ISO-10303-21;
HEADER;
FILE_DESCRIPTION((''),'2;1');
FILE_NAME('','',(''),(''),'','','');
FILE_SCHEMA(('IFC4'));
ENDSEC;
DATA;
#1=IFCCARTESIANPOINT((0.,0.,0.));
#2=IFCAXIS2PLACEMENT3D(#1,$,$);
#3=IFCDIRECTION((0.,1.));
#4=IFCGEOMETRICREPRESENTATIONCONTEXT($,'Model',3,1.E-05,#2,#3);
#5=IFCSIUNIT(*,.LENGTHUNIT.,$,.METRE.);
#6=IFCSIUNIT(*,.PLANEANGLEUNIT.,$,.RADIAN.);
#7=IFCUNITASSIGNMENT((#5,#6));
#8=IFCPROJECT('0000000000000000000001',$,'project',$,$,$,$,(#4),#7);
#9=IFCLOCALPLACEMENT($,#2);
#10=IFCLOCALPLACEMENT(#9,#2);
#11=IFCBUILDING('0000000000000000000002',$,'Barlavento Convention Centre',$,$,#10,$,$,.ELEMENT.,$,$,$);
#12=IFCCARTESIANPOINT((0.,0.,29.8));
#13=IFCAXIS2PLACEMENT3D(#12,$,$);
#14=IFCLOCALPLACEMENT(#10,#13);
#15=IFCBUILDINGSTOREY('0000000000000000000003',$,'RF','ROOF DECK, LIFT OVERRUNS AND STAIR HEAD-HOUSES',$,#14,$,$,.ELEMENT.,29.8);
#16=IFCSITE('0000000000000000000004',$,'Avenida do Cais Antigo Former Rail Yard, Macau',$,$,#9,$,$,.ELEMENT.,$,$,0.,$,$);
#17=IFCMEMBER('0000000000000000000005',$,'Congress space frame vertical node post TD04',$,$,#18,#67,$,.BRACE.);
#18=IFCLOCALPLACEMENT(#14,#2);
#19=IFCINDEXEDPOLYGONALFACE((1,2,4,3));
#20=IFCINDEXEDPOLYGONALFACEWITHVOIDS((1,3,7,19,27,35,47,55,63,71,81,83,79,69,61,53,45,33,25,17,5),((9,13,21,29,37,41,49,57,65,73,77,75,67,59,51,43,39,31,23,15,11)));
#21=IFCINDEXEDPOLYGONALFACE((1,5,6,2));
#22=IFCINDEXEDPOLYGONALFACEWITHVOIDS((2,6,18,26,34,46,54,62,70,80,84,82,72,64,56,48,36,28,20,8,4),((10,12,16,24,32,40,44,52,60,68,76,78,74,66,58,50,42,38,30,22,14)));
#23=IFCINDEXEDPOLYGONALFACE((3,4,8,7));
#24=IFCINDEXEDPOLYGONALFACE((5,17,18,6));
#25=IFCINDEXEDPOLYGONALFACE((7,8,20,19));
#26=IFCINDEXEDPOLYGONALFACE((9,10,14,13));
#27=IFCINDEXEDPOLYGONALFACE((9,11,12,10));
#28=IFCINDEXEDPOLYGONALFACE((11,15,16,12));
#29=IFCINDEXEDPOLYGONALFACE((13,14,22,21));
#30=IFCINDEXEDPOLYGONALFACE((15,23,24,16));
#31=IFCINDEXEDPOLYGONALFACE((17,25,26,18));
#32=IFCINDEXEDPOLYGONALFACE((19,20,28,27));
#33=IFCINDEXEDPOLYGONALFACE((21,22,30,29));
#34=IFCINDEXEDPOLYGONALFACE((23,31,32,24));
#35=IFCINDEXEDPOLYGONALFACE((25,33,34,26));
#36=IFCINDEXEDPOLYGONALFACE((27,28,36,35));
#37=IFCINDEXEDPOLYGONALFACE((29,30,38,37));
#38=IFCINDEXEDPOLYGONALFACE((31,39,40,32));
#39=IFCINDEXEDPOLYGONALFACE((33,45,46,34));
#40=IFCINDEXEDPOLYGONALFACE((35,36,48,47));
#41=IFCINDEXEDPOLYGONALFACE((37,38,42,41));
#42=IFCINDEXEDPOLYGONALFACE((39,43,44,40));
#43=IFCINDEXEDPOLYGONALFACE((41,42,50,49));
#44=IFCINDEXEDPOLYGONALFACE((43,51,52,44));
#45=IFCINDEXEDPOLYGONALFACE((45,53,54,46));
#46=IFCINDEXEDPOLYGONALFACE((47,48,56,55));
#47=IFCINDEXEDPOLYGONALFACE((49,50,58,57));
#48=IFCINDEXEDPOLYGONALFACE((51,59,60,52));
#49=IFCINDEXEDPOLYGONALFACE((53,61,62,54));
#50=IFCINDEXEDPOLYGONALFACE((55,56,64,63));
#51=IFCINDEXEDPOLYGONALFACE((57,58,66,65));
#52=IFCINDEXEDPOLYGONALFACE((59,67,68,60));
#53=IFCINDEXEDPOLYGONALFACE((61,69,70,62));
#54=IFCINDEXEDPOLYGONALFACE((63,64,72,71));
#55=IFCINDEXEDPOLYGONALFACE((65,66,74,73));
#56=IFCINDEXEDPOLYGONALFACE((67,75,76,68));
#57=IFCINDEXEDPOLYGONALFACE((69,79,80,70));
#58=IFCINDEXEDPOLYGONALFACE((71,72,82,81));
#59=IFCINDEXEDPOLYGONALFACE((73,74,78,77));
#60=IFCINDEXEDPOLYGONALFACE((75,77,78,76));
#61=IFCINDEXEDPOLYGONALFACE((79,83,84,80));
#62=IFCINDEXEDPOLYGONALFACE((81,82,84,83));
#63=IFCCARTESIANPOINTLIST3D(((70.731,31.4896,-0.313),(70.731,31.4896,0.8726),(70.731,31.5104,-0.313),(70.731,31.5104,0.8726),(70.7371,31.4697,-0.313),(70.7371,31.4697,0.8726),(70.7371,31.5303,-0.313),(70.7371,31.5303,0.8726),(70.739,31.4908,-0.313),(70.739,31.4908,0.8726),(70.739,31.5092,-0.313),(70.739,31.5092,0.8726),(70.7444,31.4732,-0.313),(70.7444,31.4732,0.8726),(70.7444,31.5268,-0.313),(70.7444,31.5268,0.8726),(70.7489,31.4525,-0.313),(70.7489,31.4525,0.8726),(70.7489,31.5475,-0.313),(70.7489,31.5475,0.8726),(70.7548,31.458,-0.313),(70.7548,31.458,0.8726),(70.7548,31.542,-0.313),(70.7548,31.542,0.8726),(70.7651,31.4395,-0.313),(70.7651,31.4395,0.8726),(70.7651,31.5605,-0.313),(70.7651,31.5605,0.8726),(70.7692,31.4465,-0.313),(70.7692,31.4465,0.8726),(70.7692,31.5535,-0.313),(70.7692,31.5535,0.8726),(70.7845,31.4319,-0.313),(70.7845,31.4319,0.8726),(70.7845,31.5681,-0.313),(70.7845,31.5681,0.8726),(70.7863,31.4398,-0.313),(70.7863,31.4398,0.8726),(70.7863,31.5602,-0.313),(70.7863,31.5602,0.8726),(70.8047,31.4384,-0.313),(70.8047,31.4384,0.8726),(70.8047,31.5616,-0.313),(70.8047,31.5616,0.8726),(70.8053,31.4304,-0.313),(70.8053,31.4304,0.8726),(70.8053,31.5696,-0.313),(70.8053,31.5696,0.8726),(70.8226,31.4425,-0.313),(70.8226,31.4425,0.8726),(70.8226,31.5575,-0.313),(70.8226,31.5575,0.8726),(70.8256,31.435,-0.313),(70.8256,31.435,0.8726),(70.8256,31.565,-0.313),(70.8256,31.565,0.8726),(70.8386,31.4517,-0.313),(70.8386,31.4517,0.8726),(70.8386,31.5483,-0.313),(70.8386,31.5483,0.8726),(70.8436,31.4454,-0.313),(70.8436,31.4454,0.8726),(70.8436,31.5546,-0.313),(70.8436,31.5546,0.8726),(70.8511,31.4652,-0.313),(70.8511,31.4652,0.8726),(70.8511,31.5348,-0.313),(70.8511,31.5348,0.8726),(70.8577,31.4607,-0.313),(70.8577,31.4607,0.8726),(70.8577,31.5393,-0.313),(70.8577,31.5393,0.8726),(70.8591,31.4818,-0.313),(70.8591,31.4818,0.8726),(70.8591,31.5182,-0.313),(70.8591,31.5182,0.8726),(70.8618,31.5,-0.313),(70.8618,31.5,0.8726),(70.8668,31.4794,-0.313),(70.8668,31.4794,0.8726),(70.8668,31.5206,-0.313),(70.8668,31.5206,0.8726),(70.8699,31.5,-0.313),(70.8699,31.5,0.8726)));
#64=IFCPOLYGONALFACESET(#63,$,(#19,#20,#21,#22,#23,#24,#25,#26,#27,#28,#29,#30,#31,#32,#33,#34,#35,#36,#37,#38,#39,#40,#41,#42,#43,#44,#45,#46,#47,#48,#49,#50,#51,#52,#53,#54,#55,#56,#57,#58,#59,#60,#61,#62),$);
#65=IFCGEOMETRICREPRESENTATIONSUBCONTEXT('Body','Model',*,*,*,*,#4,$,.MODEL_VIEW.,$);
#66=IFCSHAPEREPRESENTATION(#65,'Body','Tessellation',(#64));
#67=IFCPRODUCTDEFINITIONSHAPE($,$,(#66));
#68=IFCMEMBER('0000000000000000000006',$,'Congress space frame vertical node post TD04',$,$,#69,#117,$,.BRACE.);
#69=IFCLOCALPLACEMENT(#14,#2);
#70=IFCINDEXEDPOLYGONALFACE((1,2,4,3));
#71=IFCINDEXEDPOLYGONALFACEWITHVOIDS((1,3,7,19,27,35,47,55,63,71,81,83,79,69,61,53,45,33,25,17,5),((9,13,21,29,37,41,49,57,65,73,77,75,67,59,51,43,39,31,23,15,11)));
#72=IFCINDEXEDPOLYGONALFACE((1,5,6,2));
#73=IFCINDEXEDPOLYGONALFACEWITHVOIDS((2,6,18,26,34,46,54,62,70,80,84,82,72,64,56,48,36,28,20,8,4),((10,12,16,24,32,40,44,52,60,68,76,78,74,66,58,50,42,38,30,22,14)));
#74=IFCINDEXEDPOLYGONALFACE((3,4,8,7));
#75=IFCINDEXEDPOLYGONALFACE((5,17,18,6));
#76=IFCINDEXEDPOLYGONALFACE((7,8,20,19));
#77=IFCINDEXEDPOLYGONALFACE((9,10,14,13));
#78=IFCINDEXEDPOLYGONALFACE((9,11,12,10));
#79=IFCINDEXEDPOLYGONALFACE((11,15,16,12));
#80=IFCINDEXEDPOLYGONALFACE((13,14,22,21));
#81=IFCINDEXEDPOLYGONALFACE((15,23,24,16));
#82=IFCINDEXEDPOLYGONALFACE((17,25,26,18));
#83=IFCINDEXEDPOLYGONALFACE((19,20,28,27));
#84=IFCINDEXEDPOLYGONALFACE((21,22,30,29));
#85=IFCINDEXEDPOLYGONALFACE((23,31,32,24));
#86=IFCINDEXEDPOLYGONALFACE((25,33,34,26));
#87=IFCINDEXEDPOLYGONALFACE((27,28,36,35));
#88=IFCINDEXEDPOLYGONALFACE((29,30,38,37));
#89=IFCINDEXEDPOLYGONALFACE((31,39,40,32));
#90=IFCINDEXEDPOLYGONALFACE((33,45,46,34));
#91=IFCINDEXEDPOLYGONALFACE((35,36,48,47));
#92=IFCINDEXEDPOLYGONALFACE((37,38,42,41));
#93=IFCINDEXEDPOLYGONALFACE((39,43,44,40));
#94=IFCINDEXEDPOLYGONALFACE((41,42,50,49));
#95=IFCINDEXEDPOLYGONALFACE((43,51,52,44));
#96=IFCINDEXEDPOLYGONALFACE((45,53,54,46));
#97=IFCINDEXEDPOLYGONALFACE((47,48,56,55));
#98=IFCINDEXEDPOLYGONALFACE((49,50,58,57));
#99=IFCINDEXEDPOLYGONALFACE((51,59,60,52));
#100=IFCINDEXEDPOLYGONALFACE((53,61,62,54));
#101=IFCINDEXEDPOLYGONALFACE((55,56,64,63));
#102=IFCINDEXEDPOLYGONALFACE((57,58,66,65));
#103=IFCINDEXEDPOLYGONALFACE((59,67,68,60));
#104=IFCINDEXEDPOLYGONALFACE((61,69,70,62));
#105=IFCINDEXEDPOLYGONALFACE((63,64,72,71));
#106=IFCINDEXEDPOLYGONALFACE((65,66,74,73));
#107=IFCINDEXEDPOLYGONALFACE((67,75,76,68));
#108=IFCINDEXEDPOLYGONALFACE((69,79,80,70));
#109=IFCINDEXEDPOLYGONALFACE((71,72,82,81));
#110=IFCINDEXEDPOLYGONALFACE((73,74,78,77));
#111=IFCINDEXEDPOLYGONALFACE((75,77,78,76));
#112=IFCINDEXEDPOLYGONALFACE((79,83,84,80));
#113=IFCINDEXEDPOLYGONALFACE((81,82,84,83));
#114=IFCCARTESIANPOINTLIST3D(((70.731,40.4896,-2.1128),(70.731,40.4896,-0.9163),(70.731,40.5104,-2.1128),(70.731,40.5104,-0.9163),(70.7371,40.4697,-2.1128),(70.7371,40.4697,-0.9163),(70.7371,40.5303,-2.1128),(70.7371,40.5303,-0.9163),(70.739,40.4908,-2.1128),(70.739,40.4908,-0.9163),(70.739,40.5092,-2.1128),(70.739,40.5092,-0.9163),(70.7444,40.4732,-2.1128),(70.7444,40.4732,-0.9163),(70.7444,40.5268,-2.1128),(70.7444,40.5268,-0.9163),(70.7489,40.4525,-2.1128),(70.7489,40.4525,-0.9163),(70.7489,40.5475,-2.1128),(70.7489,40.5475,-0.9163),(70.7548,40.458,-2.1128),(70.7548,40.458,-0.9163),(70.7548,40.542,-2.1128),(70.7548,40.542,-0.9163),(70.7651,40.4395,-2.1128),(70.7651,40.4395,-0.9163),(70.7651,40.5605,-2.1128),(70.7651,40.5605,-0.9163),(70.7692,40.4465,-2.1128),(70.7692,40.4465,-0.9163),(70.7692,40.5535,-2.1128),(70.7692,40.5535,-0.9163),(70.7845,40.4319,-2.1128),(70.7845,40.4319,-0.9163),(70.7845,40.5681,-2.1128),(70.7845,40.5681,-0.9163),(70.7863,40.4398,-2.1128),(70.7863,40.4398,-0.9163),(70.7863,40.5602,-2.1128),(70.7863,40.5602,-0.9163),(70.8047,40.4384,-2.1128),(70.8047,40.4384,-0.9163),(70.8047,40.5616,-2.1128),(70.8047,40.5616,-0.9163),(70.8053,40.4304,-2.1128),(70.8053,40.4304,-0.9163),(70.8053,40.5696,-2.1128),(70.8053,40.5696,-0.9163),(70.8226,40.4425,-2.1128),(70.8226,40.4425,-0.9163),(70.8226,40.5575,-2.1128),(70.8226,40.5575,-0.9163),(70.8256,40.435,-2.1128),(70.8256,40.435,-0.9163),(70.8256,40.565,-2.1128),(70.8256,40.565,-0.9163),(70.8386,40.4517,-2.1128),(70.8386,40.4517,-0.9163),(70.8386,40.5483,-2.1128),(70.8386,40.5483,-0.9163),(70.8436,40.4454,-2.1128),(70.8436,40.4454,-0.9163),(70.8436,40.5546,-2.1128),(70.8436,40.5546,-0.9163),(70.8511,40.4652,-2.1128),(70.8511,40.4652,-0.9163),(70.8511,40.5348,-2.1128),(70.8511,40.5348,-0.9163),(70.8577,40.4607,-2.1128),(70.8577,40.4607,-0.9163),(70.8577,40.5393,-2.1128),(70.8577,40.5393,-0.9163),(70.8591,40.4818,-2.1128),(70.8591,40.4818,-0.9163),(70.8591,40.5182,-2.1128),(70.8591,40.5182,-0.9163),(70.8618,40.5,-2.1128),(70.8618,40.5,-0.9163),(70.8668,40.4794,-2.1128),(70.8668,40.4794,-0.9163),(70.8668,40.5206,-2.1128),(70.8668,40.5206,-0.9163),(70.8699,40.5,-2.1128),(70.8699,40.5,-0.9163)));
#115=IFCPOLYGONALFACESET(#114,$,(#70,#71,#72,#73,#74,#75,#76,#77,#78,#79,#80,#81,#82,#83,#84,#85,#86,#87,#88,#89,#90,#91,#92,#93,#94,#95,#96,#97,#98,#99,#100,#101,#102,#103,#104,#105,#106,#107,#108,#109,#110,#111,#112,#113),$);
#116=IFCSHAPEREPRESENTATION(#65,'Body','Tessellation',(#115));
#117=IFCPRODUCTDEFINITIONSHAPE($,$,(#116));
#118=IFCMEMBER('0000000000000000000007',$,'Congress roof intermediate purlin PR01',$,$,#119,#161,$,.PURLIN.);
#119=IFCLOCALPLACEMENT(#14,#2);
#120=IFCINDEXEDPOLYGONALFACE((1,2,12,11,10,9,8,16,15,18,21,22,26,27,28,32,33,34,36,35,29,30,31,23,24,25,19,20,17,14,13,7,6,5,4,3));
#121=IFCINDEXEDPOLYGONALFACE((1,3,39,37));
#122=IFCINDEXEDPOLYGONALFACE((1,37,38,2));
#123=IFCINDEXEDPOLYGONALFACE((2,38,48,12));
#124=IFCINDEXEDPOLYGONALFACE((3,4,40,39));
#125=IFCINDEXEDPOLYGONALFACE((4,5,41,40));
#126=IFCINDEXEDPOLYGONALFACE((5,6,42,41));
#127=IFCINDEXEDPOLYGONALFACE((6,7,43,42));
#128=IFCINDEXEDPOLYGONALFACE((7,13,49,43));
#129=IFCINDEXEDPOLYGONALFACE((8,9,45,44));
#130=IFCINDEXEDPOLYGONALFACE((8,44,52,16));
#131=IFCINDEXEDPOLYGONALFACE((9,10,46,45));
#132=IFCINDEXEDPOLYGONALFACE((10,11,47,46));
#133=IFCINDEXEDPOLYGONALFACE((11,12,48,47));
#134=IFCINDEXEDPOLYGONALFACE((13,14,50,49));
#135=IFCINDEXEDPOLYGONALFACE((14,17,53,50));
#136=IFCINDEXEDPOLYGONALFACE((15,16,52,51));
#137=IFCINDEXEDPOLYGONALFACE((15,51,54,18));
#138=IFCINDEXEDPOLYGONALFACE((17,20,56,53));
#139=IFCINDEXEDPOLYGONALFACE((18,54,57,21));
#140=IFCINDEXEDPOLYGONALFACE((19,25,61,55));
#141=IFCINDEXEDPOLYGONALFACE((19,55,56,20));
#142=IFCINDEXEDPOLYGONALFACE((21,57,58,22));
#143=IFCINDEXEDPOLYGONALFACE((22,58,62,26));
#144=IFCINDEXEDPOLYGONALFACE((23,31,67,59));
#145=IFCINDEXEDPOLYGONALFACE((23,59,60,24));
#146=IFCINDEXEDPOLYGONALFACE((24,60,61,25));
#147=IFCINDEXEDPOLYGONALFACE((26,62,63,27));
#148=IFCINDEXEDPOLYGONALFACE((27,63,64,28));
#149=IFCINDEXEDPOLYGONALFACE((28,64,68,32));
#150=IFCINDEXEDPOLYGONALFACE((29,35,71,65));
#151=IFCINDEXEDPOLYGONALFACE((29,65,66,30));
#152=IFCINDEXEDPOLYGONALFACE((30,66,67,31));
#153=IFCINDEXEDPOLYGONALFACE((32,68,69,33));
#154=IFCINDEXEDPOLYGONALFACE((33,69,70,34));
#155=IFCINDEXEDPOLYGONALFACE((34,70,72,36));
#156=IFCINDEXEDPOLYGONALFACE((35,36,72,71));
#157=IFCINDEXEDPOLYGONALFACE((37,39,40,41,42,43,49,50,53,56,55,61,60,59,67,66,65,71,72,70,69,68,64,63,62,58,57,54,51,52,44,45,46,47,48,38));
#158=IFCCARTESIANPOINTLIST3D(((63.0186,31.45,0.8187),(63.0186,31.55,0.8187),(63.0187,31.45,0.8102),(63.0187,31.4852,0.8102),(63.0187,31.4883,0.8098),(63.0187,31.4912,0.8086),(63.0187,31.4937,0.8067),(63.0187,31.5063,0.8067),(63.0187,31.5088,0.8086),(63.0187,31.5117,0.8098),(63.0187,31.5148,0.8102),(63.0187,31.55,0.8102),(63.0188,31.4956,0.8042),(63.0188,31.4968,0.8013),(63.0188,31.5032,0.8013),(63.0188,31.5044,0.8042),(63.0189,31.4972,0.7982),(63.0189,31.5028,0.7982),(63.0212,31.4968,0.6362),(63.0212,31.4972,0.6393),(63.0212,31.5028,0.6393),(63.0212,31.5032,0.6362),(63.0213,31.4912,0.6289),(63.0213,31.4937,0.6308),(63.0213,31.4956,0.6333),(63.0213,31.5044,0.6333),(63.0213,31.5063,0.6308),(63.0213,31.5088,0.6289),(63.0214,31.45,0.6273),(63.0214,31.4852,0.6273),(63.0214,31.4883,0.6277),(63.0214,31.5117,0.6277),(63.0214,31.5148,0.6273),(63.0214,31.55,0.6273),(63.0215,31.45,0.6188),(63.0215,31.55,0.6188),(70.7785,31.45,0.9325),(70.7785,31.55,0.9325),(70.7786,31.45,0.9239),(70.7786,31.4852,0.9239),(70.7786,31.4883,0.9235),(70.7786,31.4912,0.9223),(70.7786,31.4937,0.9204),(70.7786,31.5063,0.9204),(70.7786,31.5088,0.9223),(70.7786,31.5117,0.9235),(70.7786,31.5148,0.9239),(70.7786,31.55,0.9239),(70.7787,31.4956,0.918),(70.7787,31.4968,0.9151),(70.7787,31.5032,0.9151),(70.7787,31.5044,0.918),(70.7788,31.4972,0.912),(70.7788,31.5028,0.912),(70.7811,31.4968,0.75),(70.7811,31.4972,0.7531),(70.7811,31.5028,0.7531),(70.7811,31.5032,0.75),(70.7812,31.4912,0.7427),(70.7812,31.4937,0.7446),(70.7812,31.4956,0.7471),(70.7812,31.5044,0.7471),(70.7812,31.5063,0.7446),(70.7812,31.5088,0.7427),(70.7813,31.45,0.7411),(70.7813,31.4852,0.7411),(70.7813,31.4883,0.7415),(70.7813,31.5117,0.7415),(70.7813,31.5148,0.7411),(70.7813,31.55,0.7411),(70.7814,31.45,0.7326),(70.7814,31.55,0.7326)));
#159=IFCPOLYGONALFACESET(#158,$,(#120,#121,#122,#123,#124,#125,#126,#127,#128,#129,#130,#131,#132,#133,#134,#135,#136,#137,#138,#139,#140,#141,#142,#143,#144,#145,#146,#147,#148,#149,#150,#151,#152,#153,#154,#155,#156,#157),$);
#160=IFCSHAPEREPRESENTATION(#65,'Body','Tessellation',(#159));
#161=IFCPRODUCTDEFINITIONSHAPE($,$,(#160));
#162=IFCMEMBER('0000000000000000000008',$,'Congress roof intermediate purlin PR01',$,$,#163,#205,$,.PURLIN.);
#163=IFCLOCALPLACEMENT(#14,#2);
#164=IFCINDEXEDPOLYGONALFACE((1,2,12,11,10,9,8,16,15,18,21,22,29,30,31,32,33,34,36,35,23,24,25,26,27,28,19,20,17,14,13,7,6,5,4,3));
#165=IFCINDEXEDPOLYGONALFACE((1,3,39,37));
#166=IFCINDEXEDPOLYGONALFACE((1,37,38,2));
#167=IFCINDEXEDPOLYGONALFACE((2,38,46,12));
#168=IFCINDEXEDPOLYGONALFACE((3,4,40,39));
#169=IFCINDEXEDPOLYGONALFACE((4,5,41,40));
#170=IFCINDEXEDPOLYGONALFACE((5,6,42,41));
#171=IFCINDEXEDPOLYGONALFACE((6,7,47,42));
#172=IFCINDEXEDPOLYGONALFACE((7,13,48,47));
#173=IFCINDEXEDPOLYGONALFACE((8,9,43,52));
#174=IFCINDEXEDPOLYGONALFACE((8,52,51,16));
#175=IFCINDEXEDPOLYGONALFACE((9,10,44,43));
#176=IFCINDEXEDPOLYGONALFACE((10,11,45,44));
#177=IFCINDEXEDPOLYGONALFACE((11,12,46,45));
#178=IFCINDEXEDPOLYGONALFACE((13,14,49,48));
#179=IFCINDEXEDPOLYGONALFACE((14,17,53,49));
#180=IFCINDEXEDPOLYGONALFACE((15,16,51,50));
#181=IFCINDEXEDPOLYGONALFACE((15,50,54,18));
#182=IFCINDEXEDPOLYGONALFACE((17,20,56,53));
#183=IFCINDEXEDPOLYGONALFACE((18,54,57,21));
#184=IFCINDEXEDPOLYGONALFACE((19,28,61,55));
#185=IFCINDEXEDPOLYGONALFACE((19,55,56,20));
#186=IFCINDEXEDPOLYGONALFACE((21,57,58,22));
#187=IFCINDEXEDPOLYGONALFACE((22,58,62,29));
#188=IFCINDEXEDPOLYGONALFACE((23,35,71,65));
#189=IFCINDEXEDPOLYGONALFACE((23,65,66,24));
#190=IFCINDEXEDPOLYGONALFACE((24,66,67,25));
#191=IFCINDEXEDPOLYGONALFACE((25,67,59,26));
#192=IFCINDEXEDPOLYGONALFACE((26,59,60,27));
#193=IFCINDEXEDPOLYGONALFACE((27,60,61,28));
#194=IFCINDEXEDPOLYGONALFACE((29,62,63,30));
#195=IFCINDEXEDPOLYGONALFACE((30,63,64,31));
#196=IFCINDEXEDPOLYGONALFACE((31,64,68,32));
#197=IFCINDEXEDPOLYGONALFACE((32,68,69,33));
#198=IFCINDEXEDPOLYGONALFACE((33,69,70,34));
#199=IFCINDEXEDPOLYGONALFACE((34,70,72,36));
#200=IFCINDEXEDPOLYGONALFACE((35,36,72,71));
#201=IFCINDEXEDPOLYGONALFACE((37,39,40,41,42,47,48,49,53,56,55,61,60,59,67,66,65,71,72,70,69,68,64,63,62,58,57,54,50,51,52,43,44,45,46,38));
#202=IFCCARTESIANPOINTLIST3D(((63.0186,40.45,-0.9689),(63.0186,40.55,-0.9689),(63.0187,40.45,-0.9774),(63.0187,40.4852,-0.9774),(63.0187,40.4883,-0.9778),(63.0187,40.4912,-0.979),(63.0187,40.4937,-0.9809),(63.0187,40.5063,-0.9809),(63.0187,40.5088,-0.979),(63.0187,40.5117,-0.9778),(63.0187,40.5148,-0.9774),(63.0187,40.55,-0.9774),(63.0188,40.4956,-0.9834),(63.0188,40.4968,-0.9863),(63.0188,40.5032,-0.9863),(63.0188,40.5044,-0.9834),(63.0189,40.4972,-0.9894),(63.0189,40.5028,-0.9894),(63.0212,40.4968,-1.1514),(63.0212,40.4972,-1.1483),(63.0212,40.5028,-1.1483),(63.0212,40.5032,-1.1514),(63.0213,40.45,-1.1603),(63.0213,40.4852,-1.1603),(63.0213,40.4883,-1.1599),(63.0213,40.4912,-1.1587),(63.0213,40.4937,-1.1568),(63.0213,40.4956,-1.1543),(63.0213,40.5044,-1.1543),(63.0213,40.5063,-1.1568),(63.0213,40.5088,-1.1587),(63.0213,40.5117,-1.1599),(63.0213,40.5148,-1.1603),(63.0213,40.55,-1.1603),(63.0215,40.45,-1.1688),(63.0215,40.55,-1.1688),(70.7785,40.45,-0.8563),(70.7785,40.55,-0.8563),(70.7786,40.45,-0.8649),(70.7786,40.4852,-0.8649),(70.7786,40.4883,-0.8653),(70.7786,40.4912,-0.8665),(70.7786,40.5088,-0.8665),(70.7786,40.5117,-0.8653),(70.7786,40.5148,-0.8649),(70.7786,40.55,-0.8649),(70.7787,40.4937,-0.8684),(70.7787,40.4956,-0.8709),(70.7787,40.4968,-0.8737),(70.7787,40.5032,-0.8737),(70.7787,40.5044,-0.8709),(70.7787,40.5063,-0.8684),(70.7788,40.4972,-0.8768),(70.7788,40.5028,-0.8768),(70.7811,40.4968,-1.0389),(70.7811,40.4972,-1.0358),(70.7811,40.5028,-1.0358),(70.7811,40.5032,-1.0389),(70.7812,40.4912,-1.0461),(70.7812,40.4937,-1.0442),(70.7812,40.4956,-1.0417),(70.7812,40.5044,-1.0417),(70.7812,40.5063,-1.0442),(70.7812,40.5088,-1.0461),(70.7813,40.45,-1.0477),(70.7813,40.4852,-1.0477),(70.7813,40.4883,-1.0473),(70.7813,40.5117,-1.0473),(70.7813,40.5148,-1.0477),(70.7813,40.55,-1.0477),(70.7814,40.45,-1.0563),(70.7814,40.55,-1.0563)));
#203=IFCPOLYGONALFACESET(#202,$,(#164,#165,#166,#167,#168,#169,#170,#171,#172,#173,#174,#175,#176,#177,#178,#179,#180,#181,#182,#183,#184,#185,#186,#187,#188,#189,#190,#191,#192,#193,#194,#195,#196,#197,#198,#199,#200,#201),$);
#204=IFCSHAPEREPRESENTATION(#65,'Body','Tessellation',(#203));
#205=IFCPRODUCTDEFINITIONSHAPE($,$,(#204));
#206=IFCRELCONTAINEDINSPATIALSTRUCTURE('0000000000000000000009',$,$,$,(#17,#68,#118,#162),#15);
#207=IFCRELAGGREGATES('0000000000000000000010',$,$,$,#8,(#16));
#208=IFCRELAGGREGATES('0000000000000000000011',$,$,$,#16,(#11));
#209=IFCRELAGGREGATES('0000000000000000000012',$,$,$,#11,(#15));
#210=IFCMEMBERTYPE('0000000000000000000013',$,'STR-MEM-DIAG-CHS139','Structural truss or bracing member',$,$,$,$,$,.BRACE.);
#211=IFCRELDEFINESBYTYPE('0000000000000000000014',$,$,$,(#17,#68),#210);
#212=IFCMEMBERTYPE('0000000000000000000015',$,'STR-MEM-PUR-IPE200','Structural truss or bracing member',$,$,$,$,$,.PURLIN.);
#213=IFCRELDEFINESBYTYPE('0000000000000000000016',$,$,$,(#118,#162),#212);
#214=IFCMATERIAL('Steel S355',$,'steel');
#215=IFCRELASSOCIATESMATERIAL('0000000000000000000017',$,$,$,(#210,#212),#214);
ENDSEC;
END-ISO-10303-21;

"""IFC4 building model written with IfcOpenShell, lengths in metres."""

from ifc_helpers import new_model, si_unit, direction, frame, origin, origin_2d, place, context, subcontext, project, spatial, hollow_circle, i_section, extrude, material, material_profile, profile_set, type_object, element, save


model = new_model("IFC4")

# Units and contexts
model_context = context("Model", 3, precision=1e-05, world=origin(), true_north=direction((0.0, 1.0)))
body_context = subcontext(model_context, "Body", "Model", "MODEL_VIEW")
ifc_project = project(units=[si_unit("LENGTHUNIT", "METRE"), si_unit("PLANEANGLEUNIT", "RADIAN")], contexts=[model_context])

# Site, building, storey
site_placement = place(None, origin())
site = spatial("IfcSite", under=ifc_project, at=site_placement, Name="Avenida do Cais Antigo Former Rail Yard, Macau", CompositionType="ELEMENT", RefElevation=0.0)
building_placement = place(site_placement, origin())
building = spatial("IfcBuilding", under=site, at=building_placement, Name="Barlavento Convention Centre", CompositionType="ELEMENT")
storey_placement = place(building_placement, frame((0.0, 0.0, 29.8)))
storey = spatial("IfcBuildingStorey", under=building, at=storey_placement, Name="RF", Description="ROOF DECK, LIFT OVERRUNS AND STAIR HEAD-HOUSES", CompositionType="ELEMENT", Elevation=29.8)

# Shared definitions
ifc_material_1 = material(Name="Steel S355", Category="steel")

# Members
ifc_material_profile_1 = material_profile(ifc_material_1, hollow_circle(Radius=0.0698, WallThickness=0.0081, at=origin_2d()), Name="CHS 139.7x8.0")
ifc_profile_set_1 = profile_set([ifc_material_profile_1], Name="Steel S355")
member_type_1 = type_object("IfcMemberType", Name="STR-MEM-DIAG-CHS139", Description="Structural truss or bracing member", PredefinedType="BRACE", material=ifc_profile_set_1)
member_1_placement = place(storey_placement, frame((70.8, 31.5, -0.313), z_axis=(0.0, 0.0, 1.0), x_axis=(1.0, 0.0, 0.0)))
element("IfcMember", 1, at=member_1_placement, inside=storey, type_object=member_type_1, Name="Congress space frame vertical node post TD04", PredefinedType="BRACE", context=body_context, shape_type="SweptSolid", body=[
    extrude(hollow_circle(Radius=0.0698, WallThickness=0.0081, at=origin_2d()), origin(), (0.0, 0.0, 1.0), 1.1855),
])
member_2_placement = place(storey_placement, frame((70.8, 40.5, -2.1128), z_axis=(0.0, 0.0, 1.0), x_axis=(1.0, 0.0, 0.0)))
element("IfcMember", 2, at=member_2_placement, inside=storey, type_object=member_type_1, Name="Congress space frame vertical node post TD04", PredefinedType="BRACE", context=body_context, shape_type="SweptSolid", body=[
    extrude(hollow_circle(Radius=0.0698, WallThickness=0.0081, at=origin_2d()), origin(), (0.0, 0.0, 1.0), 1.1965),
])
ifc_material_profile_2 = material_profile(ifc_material_1, i_section(OverallWidth=0.1001, OverallDepth=0.2, WebThickness=0.0056, FlangeThickness=0.0085, FilletRadius=0.012, at=origin_2d()), Name="IPE 200")
ifc_profile_set_2 = profile_set([ifc_material_profile_2], Name="Steel S355")
member_type_2 = type_object("IfcMemberType", Name="STR-MEM-PUR-IPE200", Description="Structural truss or bracing member", PredefinedType="PURLIN", material=ifc_profile_set_2)
for number, where, z_axis, x_axis, name in (
    (3, (63.02, 31.5, 0.7188), (0.999893, 0.0, 0.014659), (0.0, 1.0, 0.0), "Congress roof intermediate purlin PR01"),
    (4, (63.02, 40.5, -1.0688), (0.999895, 0.0, 0.014502), (0.0, 1.0, 0.0), "Congress roof intermediate purlin PR01"),
):
    element("IfcMember", number, at=place(storey_placement, frame(where, z_axis=z_axis, x_axis=x_axis)), inside=storey, type_object=member_type_2, Name=name, PredefinedType="PURLIN", context=body_context, shape_type="SweptSolid", body=[
        extrude(i_section(OverallWidth=0.1001, OverallDepth=0.2, WebThickness=0.0056, FlangeThickness=0.0085, FilletRadius=0.012, at=origin_2d()), origin(), (0.0, 0.0, 1.0), 7.7607),
    ])

save(model, "model.ifc")
